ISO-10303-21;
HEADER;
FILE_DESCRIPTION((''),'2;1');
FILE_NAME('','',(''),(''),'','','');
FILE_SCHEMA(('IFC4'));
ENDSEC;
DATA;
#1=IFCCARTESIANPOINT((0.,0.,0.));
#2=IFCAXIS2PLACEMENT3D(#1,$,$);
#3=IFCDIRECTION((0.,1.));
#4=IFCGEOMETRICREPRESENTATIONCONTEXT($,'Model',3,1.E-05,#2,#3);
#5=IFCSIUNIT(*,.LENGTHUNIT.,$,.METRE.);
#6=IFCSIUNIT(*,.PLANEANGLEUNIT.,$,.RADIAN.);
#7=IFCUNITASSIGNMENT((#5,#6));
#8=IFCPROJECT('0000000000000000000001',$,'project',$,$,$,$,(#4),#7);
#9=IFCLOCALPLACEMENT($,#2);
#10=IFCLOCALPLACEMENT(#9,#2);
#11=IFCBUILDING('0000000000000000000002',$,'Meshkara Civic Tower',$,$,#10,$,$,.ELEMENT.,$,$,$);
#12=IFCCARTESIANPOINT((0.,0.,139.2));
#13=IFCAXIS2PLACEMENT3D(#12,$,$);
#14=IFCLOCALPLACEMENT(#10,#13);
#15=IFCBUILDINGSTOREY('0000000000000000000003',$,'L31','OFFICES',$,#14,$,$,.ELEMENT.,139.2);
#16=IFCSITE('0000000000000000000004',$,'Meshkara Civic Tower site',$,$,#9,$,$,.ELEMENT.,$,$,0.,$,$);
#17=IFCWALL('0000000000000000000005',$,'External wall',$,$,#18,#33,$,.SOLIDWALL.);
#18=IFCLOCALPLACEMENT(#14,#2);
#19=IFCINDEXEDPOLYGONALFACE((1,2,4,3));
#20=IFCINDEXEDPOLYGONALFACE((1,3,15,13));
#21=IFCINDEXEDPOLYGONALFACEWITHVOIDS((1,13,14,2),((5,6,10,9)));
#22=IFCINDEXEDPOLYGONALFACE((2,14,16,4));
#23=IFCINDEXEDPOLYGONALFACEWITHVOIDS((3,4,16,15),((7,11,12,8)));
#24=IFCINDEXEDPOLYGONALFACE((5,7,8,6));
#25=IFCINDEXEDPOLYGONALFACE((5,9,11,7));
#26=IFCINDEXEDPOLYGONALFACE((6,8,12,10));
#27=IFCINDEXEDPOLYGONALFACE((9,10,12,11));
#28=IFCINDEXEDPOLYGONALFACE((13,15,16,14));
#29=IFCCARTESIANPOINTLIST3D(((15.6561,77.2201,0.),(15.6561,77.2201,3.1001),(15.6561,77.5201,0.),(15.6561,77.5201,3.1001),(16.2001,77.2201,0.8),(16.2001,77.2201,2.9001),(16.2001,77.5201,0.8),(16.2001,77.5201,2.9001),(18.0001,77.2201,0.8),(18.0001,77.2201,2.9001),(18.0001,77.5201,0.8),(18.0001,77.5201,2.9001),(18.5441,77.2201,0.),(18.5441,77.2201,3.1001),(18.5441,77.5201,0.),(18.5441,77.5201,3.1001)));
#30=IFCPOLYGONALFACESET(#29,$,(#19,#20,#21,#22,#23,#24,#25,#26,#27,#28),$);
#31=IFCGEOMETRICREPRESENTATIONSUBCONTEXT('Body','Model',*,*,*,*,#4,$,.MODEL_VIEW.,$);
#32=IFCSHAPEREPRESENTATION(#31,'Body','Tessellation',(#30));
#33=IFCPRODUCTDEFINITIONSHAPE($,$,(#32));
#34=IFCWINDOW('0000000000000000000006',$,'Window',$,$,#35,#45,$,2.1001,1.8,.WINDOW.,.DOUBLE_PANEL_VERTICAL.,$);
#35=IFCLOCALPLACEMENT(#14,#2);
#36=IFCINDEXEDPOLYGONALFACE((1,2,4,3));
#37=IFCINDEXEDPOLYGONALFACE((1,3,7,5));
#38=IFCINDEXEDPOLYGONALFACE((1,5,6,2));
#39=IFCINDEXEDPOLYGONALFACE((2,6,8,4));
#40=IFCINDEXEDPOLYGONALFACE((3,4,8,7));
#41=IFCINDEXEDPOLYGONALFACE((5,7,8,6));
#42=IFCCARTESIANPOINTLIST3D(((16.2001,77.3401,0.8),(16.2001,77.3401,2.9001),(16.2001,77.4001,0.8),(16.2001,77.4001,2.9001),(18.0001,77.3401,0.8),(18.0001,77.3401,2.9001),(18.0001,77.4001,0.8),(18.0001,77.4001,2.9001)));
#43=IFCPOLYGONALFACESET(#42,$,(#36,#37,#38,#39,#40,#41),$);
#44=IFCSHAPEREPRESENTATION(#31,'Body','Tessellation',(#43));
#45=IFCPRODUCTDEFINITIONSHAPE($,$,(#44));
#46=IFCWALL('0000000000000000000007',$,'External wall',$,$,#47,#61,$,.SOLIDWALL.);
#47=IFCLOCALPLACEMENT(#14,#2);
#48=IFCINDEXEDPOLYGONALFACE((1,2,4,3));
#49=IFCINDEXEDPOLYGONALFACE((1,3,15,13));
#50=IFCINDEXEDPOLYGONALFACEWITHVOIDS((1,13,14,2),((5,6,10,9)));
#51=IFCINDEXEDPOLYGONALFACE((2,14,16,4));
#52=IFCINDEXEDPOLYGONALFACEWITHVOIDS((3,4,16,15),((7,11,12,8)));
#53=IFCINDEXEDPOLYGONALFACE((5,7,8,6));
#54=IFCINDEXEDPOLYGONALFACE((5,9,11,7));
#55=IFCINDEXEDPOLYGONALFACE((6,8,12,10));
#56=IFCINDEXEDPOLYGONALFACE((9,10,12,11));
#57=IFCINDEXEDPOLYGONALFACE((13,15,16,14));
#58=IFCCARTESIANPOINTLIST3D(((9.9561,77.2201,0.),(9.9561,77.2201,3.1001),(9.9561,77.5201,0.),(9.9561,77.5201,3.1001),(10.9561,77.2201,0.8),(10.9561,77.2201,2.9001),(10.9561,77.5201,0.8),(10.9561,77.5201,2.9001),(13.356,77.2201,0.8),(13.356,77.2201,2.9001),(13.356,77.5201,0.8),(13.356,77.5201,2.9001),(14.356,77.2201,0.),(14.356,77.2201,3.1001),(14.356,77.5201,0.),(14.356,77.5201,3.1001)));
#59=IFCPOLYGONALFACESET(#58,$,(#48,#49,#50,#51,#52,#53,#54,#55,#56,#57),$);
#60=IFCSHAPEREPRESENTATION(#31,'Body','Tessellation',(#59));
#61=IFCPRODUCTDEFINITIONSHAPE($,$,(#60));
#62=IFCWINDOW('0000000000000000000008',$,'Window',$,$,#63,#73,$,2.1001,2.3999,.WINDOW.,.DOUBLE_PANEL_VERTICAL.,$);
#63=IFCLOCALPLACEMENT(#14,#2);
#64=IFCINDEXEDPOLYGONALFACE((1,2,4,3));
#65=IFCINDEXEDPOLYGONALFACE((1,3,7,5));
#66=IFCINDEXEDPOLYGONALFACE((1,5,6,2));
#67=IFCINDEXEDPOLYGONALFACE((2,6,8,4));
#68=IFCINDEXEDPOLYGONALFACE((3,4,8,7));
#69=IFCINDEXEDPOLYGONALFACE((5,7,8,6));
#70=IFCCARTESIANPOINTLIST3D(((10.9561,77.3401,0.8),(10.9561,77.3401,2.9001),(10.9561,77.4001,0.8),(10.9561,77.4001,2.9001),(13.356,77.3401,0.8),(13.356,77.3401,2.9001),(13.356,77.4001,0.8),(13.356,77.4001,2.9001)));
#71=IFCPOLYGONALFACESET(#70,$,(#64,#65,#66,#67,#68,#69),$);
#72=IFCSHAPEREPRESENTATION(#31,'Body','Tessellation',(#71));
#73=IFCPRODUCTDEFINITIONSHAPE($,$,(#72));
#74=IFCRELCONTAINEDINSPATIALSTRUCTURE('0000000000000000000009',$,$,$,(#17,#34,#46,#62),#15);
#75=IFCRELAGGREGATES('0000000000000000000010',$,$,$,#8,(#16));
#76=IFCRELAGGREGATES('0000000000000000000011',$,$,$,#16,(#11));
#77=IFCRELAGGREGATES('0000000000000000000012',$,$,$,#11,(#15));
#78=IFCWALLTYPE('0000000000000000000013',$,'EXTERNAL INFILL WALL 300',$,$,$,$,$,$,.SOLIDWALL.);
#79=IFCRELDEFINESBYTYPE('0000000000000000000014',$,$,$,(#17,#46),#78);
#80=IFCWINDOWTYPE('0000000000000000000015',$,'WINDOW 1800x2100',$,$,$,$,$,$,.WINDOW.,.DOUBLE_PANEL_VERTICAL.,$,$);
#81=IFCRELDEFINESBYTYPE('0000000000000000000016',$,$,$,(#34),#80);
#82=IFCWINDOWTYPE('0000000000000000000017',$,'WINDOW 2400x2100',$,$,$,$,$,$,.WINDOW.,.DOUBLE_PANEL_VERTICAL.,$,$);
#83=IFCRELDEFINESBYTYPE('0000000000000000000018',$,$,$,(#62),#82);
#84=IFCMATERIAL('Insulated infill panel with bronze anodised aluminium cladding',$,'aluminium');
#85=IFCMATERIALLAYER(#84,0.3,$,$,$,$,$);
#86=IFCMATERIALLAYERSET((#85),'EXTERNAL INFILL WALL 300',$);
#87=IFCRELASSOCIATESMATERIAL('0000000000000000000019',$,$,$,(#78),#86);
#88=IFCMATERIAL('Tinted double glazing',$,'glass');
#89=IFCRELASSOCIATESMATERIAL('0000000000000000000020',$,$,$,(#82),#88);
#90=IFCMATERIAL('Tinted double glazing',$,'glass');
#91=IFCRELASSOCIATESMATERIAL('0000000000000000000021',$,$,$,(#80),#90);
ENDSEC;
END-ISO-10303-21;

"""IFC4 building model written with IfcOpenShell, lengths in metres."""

from ifc_helpers import new_model, si_unit, direction, frame, frame_2d, origin, place, context, subcontext, project, spatial, rectangle, extrude, material, layer, layer_set, type_object, element, fill, save


model = new_model("IFC4")

# Units and contexts
model_context = context("Model", 3, precision=1e-05, world=origin(), true_north=direction((0.0, 1.0)))
body_context = subcontext(model_context, "Body", "Model", "MODEL_VIEW")
ifc_project = project(units=[si_unit("LENGTHUNIT", "METRE"), si_unit("PLANEANGLEUNIT", "RADIAN")], contexts=[model_context])

# Site, building, storey
site_placement = place(None, origin())
site = spatial("IfcSite", under=ifc_project, at=site_placement, Name="Meshkara Civic Tower site", CompositionType="ELEMENT", RefElevation=0.0)
building_placement = place(site_placement, origin())
building = spatial("IfcBuilding", under=site, at=building_placement, Name="Meshkara Civic Tower", CompositionType="ELEMENT")
storey_placement = place(building_placement, frame((0.0, 0.0, 139.2)))
storey = spatial("IfcBuildingStorey", under=building, at=storey_placement, Name="L31", Description="OFFICES", CompositionType="ELEMENT", Elevation=139.2)

# Walls, openings, windows
ifc_material_1 = material(Name="Insulated infill panel with bronze anodised aluminium cladding", Category="aluminium")
ifc_layer = layer(ifc_material_1, 0.3)
ifc_layer_set = layer_set([ifc_layer], Name="EXTERNAL INFILL WALL 300")
wall_type = type_object("IfcWallType", Name="EXTERNAL INFILL WALL 300", PredefinedType="SOLIDWALL", material=ifc_layer_set)
ifc_material_2 = material(Name="Tinted double glazing", Category="glass")
window_type_1 = type_object("IfcWindowType", Name="WINDOW 2400x2100", PartitioningType="DOUBLE_PANEL_VERTICAL", PredefinedType="WINDOW", material=ifc_material_2)
ifc_material_3 = material(Name="Tinted double glazing", Category="glass")
window_type_2 = type_object("IfcWindowType", Name="WINDOW 1800x2100", PartitioningType="DOUBLE_PANEL_VERTICAL", PredefinedType="WINDOW", material=ifc_material_3)
wall_1_placement = place(storey_placement, frame((18.5439, 77.3701, 0.0), z_axis=(0.0, 0.0, 1.0), x_axis=(-1.0, 0.0, 0.0)))
wall_1 = element("IfcWall", 1, at=wall_1_placement, inside=storey, type_object=wall_type, Name="External wall", PredefinedType="SOLIDWALL", context=body_context, shape_type="SweptSolid", body=[
    extrude(rectangle(XDim=2.8879, YDim=0.3, at=frame_2d((1.4438, 0.0))), origin(), (0.0, 0.0, 1.0), 3.1001),
])
opening_1_placement = place(wall_1_placement, frame((0.5439, 0.0, 0.8)))
opening_1 = element("IfcOpeningElement", 2, at=opening_1_placement, cuts=wall_1, PredefinedType="OPENING", context=body_context, shape_type="SweptSolid", body=[
    extrude(rectangle(XDim=1.8, YDim=2.1001, at=frame_2d((0.8999, 1.05))), frame((0.0, 0.1599, 0.0), z_axis=(0.0, -1.0, 0.0), x_axis=(1.0, 0.0, 0.0)), (0.0, 0.0, 1.0), 0.3201),
])
window_1_placement = place(opening_1_placement, origin())
window_1 = element("IfcWindow", 3, at=window_1_placement, inside=storey, type_object=window_type_2, Name="Window", OverallHeight=2.1001, OverallWidth=1.8, PartitioningType="DOUBLE_PANEL_VERTICAL", PredefinedType="WINDOW", context=body_context, shape_type="SweptSolid", body=[
    extrude(rectangle(XDim=1.8, YDim=2.1001, at=frame_2d((0.8999, 1.05))), frame((0.0, 0.03, 0.0), z_axis=(0.0, -1.0, 0.0), x_axis=(1.0, 0.0, 0.0)), (0.0, 0.0, 1.0), 0.0601),
])
fill(opening_1, window_1)
wall_2_placement = place(storey_placement, frame((14.356, 77.3701, 0.0), z_axis=(0.0, 0.0, 1.0), x_axis=(-1.0, 0.0, 0.0)))
wall_2 = element("IfcWall", 4, at=wall_2_placement, inside=storey, type_object=wall_type, Name="External wall", PredefinedType="SOLIDWALL", context=body_context, shape_type="SweptSolid", body=[
    extrude(rectangle(XDim=4.3999, YDim=0.3, at=frame_2d((2.2, 0.0))), origin(), (0.0, 0.0, 1.0), 3.1001),
])
opening_2_placement = place(wall_2_placement, frame((1.0, 0.0, 0.8)))
opening_2 = element("IfcOpeningElement", 5, at=opening_2_placement, cuts=wall_2, PredefinedType="OPENING", context=body_context, shape_type="SweptSolid", body=[
    extrude(rectangle(XDim=2.3999, YDim=2.1001, at=frame_2d((1.2, 1.05))), frame((0.0, 0.1599, 0.0), z_axis=(0.0, -1.0, 0.0), x_axis=(1.0, 0.0, 0.0)), (0.0, 0.0, 1.0), 0.3201),
])
window_2_placement = place(opening_2_placement, origin())
window_2 = element("IfcWindow", 6, at=window_2_placement, inside=storey, type_object=window_type_1, Name="Window", OverallHeight=2.1001, OverallWidth=2.3999, PartitioningType="DOUBLE_PANEL_VERTICAL", PredefinedType="WINDOW", context=body_context, shape_type="SweptSolid", body=[
    extrude(rectangle(XDim=2.3999, YDim=2.1001, at=frame_2d((1.2, 1.05))), frame((0.0, 0.03, 0.0), z_axis=(0.0, -1.0, 0.0), x_axis=(1.0, 0.0, 0.0)), (0.0, 0.0, 1.0), 0.0601),
])
fill(opening_2, window_2)

save(model, "model.ifc")
